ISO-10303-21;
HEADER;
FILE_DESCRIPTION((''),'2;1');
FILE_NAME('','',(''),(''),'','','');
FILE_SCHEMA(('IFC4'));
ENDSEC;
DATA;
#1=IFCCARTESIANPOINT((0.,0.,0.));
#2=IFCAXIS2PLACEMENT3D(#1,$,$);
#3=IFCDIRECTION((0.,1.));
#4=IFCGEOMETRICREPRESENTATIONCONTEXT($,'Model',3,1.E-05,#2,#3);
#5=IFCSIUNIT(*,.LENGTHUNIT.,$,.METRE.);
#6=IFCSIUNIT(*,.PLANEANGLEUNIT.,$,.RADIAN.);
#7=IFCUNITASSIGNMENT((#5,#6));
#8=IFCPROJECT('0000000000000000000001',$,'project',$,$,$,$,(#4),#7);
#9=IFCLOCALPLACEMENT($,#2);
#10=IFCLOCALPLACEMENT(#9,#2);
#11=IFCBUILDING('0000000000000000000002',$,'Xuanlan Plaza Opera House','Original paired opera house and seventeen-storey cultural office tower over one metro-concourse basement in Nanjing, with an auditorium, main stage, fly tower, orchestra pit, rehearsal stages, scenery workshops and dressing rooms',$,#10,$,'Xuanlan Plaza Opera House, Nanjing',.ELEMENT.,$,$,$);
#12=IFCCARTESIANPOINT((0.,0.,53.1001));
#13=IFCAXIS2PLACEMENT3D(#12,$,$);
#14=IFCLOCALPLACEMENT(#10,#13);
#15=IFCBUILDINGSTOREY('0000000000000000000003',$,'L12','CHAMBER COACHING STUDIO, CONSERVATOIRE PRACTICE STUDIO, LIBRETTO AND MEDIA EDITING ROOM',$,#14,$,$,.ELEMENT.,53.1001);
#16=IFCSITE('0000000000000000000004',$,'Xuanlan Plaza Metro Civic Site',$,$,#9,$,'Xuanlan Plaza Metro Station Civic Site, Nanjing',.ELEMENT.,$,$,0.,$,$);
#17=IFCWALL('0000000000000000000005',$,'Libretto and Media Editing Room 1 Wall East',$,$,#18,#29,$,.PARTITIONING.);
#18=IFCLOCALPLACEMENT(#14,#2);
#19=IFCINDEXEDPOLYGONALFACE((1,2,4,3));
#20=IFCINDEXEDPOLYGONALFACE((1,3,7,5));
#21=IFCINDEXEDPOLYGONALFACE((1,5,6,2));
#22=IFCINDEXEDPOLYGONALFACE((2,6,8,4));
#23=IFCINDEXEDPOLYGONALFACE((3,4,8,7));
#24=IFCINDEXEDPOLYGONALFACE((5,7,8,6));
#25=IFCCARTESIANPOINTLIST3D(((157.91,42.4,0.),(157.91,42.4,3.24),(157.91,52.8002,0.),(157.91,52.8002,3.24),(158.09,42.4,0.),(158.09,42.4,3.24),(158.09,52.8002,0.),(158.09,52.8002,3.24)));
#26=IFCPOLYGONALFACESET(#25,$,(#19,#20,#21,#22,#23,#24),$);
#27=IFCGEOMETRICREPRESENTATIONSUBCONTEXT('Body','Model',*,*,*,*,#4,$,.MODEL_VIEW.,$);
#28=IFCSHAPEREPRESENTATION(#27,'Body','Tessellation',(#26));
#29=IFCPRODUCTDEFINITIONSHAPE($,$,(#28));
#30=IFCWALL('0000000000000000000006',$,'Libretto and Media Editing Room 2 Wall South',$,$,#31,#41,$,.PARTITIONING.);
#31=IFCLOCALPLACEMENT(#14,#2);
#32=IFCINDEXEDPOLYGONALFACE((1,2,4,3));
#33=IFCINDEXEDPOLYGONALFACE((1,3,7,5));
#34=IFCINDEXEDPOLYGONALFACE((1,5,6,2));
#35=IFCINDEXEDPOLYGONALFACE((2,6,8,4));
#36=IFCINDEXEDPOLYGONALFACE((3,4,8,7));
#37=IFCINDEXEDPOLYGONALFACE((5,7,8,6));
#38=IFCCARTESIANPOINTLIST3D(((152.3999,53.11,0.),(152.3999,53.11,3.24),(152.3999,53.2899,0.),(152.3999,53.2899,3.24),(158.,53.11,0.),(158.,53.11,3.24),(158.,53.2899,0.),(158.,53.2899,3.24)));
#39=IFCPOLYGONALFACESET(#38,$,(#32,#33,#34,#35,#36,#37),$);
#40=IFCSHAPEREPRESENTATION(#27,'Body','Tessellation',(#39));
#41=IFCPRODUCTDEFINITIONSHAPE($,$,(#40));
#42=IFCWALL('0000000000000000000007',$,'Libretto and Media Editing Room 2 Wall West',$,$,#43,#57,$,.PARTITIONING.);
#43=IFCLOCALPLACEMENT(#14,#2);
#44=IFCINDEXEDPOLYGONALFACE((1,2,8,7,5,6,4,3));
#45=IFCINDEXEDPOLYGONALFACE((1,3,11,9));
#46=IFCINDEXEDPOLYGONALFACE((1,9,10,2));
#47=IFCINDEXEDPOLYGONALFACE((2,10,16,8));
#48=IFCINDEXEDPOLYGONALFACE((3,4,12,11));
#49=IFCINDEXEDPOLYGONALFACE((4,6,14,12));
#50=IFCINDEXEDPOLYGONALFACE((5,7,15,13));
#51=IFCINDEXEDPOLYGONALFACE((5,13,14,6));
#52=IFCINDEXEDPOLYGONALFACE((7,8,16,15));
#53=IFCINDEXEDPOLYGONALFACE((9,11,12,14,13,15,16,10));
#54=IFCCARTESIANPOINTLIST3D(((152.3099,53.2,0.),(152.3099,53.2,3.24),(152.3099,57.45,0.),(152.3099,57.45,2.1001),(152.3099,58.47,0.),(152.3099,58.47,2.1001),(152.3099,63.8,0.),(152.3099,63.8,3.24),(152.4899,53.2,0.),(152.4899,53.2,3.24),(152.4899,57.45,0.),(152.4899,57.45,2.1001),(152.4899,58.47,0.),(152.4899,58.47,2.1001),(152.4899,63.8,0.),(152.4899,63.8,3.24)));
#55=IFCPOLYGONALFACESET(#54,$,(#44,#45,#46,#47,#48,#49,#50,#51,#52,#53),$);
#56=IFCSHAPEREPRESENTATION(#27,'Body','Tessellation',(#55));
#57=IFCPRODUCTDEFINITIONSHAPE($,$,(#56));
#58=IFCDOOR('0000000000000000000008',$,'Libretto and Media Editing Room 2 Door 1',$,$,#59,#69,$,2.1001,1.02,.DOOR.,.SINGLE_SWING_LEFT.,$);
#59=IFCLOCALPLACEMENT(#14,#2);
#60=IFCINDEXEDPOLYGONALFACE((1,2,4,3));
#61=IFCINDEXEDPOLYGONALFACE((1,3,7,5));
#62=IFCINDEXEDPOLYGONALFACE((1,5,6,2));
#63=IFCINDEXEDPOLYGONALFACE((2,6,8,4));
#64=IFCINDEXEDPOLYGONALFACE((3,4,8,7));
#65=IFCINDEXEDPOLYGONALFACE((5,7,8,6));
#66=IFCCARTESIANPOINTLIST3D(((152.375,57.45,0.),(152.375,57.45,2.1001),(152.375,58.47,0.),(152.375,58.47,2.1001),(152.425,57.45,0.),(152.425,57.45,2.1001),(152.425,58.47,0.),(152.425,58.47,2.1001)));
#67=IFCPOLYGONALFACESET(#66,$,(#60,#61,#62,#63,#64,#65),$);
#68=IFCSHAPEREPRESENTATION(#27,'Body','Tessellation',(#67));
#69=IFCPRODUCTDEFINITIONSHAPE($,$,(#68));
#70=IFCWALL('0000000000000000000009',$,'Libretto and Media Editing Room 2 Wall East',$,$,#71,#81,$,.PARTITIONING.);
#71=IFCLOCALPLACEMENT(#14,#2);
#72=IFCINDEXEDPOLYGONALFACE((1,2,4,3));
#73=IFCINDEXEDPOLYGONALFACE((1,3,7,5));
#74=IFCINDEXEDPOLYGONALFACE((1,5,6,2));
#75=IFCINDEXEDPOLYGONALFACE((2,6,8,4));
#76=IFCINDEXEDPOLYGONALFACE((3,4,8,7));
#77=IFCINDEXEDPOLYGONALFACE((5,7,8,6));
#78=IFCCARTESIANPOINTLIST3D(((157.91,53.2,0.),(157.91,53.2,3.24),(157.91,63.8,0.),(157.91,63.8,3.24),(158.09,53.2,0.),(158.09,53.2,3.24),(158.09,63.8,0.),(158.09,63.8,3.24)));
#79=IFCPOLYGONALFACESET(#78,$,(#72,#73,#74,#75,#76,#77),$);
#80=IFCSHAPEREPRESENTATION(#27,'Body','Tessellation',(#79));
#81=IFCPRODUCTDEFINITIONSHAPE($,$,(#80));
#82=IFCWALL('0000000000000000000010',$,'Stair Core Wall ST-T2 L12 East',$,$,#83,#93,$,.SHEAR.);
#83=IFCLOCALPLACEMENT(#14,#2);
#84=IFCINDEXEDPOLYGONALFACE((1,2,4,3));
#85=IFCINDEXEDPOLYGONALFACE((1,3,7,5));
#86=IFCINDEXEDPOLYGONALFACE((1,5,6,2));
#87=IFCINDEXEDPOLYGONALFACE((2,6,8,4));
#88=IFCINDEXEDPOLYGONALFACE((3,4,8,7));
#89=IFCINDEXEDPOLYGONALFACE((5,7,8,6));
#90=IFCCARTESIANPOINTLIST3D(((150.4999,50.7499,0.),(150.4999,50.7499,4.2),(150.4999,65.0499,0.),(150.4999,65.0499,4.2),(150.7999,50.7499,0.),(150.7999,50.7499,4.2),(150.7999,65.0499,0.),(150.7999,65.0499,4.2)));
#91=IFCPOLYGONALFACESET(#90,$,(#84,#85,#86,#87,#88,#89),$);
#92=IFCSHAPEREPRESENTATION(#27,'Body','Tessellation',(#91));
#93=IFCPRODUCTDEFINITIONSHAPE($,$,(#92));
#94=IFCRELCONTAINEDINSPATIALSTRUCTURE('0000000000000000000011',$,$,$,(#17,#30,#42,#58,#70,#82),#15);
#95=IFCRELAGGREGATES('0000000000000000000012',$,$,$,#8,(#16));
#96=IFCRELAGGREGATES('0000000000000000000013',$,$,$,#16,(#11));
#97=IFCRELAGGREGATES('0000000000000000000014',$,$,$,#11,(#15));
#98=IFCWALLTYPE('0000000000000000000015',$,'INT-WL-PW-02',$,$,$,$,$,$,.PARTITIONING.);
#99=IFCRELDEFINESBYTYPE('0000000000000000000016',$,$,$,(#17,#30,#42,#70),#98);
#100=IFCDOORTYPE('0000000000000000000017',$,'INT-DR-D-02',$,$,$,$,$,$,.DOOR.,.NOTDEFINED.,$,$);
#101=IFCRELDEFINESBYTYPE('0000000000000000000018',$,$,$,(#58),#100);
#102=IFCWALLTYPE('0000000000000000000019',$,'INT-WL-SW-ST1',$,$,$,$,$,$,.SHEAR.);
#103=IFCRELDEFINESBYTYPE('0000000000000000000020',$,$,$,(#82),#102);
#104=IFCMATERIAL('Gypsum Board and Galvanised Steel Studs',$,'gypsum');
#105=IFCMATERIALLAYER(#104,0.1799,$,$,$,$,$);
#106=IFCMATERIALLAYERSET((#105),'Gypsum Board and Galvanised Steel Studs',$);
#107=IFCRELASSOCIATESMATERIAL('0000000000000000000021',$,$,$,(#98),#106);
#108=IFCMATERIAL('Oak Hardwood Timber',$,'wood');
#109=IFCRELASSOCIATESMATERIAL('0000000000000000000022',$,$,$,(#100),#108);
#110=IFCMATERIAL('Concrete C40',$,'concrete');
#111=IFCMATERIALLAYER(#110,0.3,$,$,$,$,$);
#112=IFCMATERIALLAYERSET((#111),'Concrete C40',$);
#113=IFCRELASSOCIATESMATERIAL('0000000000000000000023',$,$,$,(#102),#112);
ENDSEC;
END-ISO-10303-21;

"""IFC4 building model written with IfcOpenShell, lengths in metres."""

from ifc_helpers import new_model, si_unit, direction, frame, frame_2d, origin, place, context, subcontext, project, spatial, rectangle, extrude, material, layer, layer_set, type_object, element, fill, save


model = new_model("IFC4")

# Units and contexts
model_context = context("Model", 3, precision=1e-05, world=origin(), true_north=direction((0.0, 1.0)))
body_context = subcontext(model_context, "Body", "Model", "MODEL_VIEW")
ifc_project = project(units=[si_unit("LENGTHUNIT", "METRE"), si_unit("PLANEANGLEUNIT", "RADIAN")], contexts=[model_context])

# Site, building, storey
site_placement = place(None, origin())
site = spatial("IfcSite", under=ifc_project, at=site_placement, Name="Xuanlan Plaza Metro Civic Site", LongName="Xuanlan Plaza Metro Station Civic Site, Nanjing", CompositionType="ELEMENT", RefElevation=0.0)
building_placement = place(site_placement, origin())
building = spatial("IfcBuilding", under=site, at=building_placement, Name="Xuanlan Plaza Opera House", Description="Original paired opera house and seventeen-storey cultural office tower over one metro-concourse basement in Nanjing, with an auditorium, main stage, fly tower, orchestra pit, rehearsal stages, scenery workshops and dressing rooms", LongName="Xuanlan Plaza Opera House, Nanjing", CompositionType="ELEMENT")
storey_placement = place(building_placement, frame((0.0, 0.0, 53.1001)))
storey = spatial("IfcBuildingStorey", under=building, at=storey_placement, Name="L12", Description="CHAMBER COACHING STUDIO, CONSERVATOIRE PRACTICE STUDIO, LIBRETTO AND MEDIA EDITING ROOM", CompositionType="ELEMENT", Elevation=53.1001)

# Shared definitions
ifc_material_1 = material(Name="Concrete C40", Category="concrete")

# Shared definitions
ifc_material_2 = material(Name="Gypsum Board and Galvanised Steel Studs", Category="gypsum")
ifc_layer_1 = layer(ifc_material_2, 0.1799)
ifc_layer_set_1 = layer_set([ifc_layer_1], Name="Gypsum Board and Galvanised Steel Studs")
wall_type_1 = type_object("IfcWallType", Name="INT-WL-PW-02", PredefinedType="PARTITIONING", material=ifc_layer_set_1)

# Walls
wall_1_placement = place(storey_placement, frame((158.0, 42.3999, 0.0), z_axis=(0.0, 0.0, 1.0), x_axis=(0.0, 1.0, 0.0)))
element("IfcWall", 1, at=wall_1_placement, inside=storey, type_object=wall_type_1, Name="Libretto and Media Editing Room 1 Wall East", PredefinedType="PARTITIONING", context=body_context, shape_type="SweptSolid", body=[
    extrude(rectangle(XDim=10.4001, YDim=0.1799, at=frame_2d((5.2002, 0.0))), origin(), (0.0, 0.0, 1.0), 3.24),
])
wall_2_placement = place(storey_placement, frame((152.3999, 53.2, 0.0), z_axis=(0.0, 0.0, 1.0), x_axis=(1.0, 0.0, 0.0)))
element("IfcWall", 2, at=wall_2_placement, inside=storey, type_object=wall_type_1, Name="Libretto and Media Editing Room 2 Wall South", PredefinedType="PARTITIONING", context=body_context, shape_type="SweptSolid", body=[
    extrude(rectangle(XDim=5.6001, YDim=0.1799, at=frame_2d((2.8, 0.0))), origin(), (0.0, 0.0, 1.0), 3.24),
])

# Wall, opening, door
wall_3_placement = place(storey_placement, frame((152.3999, 53.2, 0.0), z_axis=(0.0, 0.0, 1.0), x_axis=(0.0, 1.0, 0.0)))
wall_3 = element("IfcWall", 3, at=wall_3_placement, inside=storey, type_object=wall_type_1, Name="Libretto and Media Editing Room 2 Wall West", PredefinedType="PARTITIONING", context=body_context, shape_type="SweptSolid", body=[
    extrude(rectangle(XDim=10.6001, YDim=0.1799, at=frame_2d((5.3, 0.0))), origin(), (0.0, 0.0, 1.0), 3.24),
])
opening_1_placement = place(wall_3_placement, frame((4.25, 0.0, 0.0)))
opening_1 = element("IfcOpeningElement", 4, at=opening_1_placement, cuts=wall_3, PredefinedType="OPENING", context=body_context, shape_type="SweptSolid", body=[
    extrude(rectangle(XDim=1.02, YDim=2.1001, at=frame_2d((0.51, 1.05))), frame((0.0, 0.0999, 0.0), z_axis=(0.0, -1.0, 0.0), x_axis=(1.0, 0.0, 0.0)), (0.0, 0.0, 1.0), 0.2),
])
ifc_material_3 = material(Name="Oak Hardwood Timber", Category="wood")
door_type_1 = type_object("IfcDoorType", Name="INT-DR-D-02", OperationType="NOTDEFINED", PredefinedType="DOOR", material=ifc_material_3)
door_1_placement = place(opening_1_placement, origin())
door_1 = element("IfcDoor", 5, at=door_1_placement, inside=storey, type_object=door_type_1, Name="Libretto and Media Editing Room 2 Door 1", OperationType="SINGLE_SWING_LEFT", OverallHeight=2.1001, OverallWidth=1.02, PredefinedType="DOOR", context=body_context, shape_type="SweptSolid", body=[
    extrude(rectangle(XDim=1.02, YDim=2.1001, at=frame_2d((0.51, 1.05))), frame((0.0, 0.0249, 0.0), z_axis=(0.0, -1.0, 0.0), x_axis=(1.0, 0.0, 0.0)), (0.0, 0.0, 1.0), 0.05),
])
fill(opening_1, door_1)

# Walls
wall_4_placement = place(storey_placement, frame((158.0, 53.2, 0.0), z_axis=(0.0, 0.0, 1.0), x_axis=(0.0, 1.0, 0.0)))
element("IfcWall", 6, at=wall_4_placement, inside=storey, type_object=wall_type_1, Name="Libretto and Media Editing Room 2 Wall East", PredefinedType="PARTITIONING", context=body_context, shape_type="SweptSolid", body=[
    extrude(rectangle(XDim=10.6001, YDim=0.1799, at=frame_2d((5.3, 0.0))), origin(), (0.0, 0.0, 1.0), 3.24),
])
ifc_layer_2 = layer(ifc_material_1, 0.3)
ifc_layer_set_2 = layer_set([ifc_layer_2], Name="Concrete C40")
wall_type_2 = type_object("IfcWallType", Name="INT-WL-SW-ST1", PredefinedType="SHEAR", material=ifc_layer_set_2)
wall_5_placement = place(storey_placement, frame((150.6499, 50.75, 0.0), z_axis=(0.0, 0.0, 1.0), x_axis=(0.0, 1.0, 0.0)))
element("IfcWall", 7, at=wall_5_placement, inside=storey, type_object=wall_type_2, Name="Stair Core Wall ST-T2 L12 East", PredefinedType="SHEAR", context=body_context, shape_type="SweptSolid", body=[
    extrude(rectangle(XDim=14.3, YDim=0.3, at=frame_2d((7.1499, 0.0))), origin(), (0.0, 0.0, 1.0), 4.2),
])

save(model, "model.ifc")
